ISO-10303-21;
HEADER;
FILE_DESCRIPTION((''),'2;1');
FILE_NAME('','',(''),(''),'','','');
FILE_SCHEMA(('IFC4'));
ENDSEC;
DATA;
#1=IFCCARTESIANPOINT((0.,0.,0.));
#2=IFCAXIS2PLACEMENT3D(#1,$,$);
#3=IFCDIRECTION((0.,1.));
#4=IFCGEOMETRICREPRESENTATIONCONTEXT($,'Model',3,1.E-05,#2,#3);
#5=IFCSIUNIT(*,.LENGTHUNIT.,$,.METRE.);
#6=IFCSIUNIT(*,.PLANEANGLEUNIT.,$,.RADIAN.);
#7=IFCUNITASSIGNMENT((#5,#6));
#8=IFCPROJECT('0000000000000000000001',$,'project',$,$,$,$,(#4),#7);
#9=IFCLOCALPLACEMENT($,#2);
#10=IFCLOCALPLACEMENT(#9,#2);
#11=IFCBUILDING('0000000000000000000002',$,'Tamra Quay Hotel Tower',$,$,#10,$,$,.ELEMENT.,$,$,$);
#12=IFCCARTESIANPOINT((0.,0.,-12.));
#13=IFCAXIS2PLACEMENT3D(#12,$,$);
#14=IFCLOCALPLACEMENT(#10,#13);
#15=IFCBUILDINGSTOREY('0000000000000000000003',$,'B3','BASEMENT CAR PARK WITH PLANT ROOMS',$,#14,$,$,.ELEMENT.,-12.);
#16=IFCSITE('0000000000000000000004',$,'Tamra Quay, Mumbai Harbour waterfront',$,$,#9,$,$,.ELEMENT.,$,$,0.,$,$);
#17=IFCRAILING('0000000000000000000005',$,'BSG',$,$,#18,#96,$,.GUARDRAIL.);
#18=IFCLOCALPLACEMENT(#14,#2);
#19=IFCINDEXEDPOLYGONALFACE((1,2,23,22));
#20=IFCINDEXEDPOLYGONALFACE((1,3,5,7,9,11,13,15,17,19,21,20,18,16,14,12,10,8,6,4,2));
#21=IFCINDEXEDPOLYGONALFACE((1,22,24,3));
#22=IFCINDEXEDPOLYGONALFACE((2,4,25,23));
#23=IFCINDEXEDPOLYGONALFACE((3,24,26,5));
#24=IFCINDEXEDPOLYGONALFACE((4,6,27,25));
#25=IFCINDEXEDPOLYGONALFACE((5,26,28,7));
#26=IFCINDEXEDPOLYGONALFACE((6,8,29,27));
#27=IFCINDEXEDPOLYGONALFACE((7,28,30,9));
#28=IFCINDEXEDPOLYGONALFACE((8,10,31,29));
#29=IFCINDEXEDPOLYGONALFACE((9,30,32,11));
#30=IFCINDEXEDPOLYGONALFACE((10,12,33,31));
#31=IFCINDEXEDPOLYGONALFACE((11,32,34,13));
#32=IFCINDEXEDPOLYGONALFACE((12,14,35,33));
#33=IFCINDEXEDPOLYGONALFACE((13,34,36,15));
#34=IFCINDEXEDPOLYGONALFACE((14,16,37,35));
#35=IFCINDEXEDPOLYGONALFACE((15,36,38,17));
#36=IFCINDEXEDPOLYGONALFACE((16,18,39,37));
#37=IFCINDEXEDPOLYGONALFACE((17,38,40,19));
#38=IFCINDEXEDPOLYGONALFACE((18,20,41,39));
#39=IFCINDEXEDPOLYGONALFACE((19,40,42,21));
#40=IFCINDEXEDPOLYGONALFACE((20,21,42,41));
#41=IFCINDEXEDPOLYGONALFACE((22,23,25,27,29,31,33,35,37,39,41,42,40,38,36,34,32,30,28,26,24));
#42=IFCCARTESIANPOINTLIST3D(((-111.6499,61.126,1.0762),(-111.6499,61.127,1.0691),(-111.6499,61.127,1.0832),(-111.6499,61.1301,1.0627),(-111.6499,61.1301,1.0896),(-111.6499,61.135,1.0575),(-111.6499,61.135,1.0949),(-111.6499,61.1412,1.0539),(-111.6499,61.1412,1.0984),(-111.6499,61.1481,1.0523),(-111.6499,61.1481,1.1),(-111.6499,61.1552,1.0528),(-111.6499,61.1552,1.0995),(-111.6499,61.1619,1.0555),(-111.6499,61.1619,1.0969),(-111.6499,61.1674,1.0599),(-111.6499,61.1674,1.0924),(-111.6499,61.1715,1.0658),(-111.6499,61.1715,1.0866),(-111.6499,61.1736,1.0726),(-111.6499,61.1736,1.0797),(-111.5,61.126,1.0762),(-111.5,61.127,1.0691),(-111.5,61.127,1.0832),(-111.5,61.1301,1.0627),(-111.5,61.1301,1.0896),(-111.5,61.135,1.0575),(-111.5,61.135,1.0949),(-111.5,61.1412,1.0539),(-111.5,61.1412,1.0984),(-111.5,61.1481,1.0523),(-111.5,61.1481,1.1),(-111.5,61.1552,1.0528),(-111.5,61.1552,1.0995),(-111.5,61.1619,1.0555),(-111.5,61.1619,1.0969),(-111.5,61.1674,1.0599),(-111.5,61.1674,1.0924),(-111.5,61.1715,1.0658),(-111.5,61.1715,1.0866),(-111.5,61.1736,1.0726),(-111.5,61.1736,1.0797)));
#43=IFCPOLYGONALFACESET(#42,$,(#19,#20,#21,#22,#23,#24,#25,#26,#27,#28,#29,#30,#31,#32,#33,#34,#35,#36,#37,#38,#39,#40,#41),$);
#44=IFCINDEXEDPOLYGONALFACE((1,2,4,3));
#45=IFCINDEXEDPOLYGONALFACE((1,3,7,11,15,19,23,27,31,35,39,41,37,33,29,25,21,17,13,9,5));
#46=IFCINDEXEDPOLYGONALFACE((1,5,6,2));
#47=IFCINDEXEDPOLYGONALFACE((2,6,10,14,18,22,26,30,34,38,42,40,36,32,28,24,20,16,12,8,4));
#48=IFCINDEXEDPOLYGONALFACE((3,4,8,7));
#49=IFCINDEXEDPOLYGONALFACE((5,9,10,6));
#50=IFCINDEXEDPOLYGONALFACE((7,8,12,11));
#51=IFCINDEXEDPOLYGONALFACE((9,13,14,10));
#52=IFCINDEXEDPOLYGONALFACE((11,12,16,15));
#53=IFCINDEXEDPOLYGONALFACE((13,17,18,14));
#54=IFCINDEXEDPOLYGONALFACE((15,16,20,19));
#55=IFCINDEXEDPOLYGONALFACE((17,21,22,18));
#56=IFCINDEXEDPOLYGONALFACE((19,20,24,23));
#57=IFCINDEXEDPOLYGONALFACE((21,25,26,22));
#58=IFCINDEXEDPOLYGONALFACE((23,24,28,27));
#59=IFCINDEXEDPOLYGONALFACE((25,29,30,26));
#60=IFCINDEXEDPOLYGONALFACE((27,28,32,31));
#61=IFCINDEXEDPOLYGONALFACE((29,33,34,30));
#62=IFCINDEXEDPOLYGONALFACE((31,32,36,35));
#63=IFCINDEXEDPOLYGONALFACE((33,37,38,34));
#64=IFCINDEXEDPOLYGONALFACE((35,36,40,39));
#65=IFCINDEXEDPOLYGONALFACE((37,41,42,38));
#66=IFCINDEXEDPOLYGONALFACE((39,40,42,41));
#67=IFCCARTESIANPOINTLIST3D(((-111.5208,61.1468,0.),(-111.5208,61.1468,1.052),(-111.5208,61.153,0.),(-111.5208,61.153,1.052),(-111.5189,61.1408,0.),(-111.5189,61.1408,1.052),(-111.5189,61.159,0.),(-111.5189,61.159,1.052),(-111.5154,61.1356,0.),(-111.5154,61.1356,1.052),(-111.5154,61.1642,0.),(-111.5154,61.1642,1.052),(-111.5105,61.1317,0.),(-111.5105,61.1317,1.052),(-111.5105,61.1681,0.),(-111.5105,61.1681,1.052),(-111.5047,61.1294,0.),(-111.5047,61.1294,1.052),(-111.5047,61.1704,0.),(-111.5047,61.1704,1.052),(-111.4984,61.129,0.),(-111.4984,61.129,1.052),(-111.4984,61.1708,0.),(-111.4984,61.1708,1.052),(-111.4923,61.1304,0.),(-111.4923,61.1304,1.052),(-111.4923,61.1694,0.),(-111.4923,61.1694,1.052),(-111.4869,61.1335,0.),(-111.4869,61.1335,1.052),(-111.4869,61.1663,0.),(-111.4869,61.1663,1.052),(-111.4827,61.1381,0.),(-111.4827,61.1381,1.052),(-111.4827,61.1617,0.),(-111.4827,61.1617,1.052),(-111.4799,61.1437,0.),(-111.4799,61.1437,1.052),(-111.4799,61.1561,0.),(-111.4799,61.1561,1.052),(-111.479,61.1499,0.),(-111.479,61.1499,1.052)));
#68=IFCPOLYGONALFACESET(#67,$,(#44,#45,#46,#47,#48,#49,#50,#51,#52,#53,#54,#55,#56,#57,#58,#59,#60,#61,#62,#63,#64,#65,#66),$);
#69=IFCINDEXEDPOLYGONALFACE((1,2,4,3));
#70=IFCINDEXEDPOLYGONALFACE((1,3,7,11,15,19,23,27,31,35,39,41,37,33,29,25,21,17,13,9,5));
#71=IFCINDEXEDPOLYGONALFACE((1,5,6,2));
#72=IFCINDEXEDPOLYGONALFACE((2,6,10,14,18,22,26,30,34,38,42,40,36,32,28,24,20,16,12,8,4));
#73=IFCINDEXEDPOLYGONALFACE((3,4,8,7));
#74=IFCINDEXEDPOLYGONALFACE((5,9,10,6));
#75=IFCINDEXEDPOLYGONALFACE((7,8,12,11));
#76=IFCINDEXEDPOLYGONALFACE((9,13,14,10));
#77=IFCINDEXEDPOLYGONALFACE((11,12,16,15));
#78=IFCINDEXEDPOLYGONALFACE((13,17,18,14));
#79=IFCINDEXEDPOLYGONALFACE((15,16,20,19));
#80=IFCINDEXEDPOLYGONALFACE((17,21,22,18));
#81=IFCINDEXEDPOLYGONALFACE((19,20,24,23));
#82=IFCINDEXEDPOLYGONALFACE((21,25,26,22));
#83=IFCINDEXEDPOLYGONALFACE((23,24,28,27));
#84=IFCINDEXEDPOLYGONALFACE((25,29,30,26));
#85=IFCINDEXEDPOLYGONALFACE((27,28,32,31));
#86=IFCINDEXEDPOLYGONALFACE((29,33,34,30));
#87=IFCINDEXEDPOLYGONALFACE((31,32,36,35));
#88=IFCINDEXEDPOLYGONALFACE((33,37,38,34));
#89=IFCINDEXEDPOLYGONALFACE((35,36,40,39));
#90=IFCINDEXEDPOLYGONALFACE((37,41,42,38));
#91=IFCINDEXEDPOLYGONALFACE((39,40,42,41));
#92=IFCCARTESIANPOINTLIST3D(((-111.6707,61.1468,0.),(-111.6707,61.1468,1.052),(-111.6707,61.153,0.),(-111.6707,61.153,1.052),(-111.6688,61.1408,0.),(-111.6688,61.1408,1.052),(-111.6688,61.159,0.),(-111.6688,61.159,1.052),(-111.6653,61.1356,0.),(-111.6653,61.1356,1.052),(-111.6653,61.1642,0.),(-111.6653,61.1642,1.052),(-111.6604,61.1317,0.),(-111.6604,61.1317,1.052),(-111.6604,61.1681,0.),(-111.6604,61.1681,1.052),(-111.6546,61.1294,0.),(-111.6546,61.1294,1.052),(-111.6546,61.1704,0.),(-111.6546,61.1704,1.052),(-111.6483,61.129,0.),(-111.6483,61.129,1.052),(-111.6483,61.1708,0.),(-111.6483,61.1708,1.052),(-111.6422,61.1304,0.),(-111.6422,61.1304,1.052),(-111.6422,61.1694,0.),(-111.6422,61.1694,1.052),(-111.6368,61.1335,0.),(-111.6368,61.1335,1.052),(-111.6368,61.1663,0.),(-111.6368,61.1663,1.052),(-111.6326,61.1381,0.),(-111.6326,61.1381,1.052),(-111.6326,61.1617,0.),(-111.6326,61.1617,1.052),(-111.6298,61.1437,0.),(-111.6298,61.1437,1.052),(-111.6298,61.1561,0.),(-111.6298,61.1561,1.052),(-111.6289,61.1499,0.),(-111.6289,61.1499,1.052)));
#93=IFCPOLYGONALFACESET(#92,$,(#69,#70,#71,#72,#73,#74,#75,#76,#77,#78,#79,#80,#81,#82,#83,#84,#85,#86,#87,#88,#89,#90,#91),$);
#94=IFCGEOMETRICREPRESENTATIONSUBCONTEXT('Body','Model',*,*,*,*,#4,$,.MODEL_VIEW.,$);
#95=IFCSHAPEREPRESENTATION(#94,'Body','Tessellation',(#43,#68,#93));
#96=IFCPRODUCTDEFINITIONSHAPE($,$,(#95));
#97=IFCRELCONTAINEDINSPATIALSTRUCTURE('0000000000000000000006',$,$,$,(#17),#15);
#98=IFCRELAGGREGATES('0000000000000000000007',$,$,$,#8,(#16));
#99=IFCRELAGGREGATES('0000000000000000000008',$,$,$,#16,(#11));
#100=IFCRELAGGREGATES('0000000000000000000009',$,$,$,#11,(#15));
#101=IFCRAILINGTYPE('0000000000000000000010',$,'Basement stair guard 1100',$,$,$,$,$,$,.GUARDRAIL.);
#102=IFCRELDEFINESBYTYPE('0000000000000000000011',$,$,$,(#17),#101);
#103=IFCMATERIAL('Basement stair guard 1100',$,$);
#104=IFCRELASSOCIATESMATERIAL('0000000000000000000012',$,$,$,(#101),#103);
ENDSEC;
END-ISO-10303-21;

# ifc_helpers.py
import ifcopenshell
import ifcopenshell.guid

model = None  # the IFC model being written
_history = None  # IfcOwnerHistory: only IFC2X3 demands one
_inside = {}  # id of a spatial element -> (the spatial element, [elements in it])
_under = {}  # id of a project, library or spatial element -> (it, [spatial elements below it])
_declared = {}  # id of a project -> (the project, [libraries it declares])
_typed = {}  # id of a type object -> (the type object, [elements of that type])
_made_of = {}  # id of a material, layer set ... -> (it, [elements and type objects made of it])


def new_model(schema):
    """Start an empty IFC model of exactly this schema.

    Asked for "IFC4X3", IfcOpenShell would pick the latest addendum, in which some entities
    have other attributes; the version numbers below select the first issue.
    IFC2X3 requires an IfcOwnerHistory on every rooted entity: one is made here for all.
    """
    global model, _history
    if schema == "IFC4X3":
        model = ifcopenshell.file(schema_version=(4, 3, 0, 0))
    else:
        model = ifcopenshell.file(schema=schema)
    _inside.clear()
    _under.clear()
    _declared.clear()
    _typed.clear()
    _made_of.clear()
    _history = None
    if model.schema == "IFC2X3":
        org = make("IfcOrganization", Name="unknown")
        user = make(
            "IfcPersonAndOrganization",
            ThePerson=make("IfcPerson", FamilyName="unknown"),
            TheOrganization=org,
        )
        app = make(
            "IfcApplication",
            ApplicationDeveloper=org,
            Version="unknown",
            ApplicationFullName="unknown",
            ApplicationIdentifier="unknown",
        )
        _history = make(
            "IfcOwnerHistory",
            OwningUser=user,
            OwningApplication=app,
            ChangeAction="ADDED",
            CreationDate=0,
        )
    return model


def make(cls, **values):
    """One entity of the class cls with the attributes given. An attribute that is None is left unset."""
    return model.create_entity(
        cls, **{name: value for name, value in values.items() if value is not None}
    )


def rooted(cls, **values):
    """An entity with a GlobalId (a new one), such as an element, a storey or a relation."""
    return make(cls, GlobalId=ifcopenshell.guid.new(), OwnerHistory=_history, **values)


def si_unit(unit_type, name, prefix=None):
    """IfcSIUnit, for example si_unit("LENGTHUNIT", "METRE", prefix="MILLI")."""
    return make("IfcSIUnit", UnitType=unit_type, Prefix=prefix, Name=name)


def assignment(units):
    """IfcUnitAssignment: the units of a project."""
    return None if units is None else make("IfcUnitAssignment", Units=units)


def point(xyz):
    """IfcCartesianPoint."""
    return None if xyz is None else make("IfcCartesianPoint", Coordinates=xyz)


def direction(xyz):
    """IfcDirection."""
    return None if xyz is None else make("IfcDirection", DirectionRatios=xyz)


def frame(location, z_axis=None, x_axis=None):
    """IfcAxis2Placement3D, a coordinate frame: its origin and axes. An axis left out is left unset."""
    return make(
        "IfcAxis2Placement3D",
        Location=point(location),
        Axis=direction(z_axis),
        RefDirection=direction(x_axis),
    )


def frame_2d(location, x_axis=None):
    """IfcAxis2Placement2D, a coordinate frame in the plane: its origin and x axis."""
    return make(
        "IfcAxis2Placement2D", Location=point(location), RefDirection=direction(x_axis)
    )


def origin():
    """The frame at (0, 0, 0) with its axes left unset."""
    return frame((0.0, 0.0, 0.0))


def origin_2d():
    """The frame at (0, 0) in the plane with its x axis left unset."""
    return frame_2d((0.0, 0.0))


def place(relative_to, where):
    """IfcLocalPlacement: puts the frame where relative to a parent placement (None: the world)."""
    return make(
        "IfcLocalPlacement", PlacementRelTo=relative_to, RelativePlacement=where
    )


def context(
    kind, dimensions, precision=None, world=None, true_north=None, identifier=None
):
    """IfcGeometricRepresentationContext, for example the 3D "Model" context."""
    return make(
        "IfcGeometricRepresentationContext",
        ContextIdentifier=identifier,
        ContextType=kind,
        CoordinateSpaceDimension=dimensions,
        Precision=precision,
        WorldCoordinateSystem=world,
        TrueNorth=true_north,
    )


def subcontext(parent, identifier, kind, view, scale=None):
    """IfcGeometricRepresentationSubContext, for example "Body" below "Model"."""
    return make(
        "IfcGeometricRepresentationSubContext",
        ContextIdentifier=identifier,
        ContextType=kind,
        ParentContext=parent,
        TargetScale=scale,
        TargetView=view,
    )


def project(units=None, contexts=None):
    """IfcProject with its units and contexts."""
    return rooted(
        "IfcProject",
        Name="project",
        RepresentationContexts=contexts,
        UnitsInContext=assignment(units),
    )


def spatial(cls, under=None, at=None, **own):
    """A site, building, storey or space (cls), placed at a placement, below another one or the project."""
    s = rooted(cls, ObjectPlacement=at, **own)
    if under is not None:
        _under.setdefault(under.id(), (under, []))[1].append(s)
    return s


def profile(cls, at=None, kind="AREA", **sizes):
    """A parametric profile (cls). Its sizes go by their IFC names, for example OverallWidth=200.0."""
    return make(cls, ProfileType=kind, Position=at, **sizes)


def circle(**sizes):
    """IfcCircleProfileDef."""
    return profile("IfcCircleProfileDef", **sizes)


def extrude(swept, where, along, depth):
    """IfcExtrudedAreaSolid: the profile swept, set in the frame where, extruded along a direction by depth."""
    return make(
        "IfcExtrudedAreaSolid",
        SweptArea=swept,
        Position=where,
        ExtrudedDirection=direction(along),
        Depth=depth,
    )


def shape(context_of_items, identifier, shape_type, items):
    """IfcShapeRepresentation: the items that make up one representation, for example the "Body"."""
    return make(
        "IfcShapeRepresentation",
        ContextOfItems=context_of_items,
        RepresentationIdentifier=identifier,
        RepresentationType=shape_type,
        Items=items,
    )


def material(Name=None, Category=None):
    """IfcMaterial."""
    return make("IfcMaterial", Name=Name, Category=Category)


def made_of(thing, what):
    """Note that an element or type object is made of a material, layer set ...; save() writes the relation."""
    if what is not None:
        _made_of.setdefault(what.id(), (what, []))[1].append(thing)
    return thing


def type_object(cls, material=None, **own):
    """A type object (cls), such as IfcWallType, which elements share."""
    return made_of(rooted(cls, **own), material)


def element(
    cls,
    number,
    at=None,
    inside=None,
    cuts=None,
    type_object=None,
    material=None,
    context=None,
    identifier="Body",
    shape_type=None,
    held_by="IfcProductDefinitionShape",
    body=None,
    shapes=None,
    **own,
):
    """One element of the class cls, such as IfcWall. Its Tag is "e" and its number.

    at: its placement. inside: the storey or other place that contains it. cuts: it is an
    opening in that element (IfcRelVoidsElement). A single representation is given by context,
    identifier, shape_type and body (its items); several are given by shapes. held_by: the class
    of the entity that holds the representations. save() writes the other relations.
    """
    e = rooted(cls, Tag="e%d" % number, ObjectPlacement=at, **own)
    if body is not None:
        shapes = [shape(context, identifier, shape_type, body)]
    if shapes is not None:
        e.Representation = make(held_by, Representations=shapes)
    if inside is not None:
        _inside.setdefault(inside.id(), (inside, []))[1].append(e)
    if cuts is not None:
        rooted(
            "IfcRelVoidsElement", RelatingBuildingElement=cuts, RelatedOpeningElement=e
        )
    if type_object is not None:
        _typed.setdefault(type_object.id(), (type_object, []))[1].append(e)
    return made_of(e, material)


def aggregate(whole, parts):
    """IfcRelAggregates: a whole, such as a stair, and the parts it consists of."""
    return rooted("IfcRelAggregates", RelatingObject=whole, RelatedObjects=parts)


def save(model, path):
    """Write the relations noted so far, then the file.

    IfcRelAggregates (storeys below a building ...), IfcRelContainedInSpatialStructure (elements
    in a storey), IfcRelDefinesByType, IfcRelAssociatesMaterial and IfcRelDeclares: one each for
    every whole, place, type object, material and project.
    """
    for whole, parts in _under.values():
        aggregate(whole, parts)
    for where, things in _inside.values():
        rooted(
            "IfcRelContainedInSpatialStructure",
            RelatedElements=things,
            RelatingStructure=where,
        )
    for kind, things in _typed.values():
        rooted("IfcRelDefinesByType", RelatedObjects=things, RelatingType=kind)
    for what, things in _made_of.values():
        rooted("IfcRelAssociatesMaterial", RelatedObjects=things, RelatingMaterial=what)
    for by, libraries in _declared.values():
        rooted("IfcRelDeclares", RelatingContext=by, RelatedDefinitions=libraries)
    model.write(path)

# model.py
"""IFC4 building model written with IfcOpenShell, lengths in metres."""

from ifc_helpers import new_model, si_unit, direction, frame, origin, origin_2d, place, context, subcontext, project, spatial, circle, extrude, material, type_object, element, save


model = new_model("IFC4")

# Units and contexts
model_context = context("Model", 3, precision=1e-05, world=origin(), true_north=direction((0.0, 1.0)))
body_context = subcontext(model_context, "Body", "Model", "MODEL_VIEW")
ifc_project = project(units=[si_unit("LENGTHUNIT", "METRE"), si_unit("PLANEANGLEUNIT", "RADIAN")], contexts=[model_context])

# Site, building, storey
site_placement = place(None, origin())
site = spatial("IfcSite", under=ifc_project, at=site_placement, Name="Tamra Quay, Mumbai Harbour waterfront", CompositionType="ELEMENT", RefElevation=0.0)
building_placement = place(site_placement, origin())
building = spatial("IfcBuilding", under=site, at=building_placement, Name="Tamra Quay Hotel Tower", CompositionType="ELEMENT")
storey_placement = place(building_placement, frame((0.0, 0.0, -12.0)))
storey = spatial("IfcBuildingStorey", under=building, at=storey_placement, Name="B3", Description="BASEMENT CAR PARK WITH PLANT ROOMS", CompositionType="ELEMENT", Elevation=-12.0)

# Railing
ifc_material_1 = material(Name="Basement stair guard 1100")
railing_type_1 = type_object("IfcRailingType", Name="Basement stair guard 1100", PredefinedType="GUARDRAIL", material=ifc_material_1)
railing_1_placement = place(storey_placement, frame((-111.5, 61.1499, 0.0)))
element("IfcRailing", 1, at=railing_1_placement, inside=storey, type_object=railing_type_1, Name="BSG", PredefinedType="GUARDRAIL", context=body_context, shape_type="SweptSolid", body=[
    extrude(circle(Radius=0.0239, at=origin_2d()), frame((0.0, 0.0, 1.0762), z_axis=(-1.0, 0.0, 0.0), x_axis=(0.0, -1.0, 0.0)), (0.0, 0.0, 1.0), 0.1499),
    extrude(circle(Radius=0.021, at=origin_2d()), origin(), (0.0, 0.0, 1.0), 1.052),
    extrude(circle(Radius=0.021, at=origin_2d()), frame((-0.1499, 0.0, 0.0)), (0.0, 0.0, 1.0), 1.052),
])

save(model, "model.ifc")
